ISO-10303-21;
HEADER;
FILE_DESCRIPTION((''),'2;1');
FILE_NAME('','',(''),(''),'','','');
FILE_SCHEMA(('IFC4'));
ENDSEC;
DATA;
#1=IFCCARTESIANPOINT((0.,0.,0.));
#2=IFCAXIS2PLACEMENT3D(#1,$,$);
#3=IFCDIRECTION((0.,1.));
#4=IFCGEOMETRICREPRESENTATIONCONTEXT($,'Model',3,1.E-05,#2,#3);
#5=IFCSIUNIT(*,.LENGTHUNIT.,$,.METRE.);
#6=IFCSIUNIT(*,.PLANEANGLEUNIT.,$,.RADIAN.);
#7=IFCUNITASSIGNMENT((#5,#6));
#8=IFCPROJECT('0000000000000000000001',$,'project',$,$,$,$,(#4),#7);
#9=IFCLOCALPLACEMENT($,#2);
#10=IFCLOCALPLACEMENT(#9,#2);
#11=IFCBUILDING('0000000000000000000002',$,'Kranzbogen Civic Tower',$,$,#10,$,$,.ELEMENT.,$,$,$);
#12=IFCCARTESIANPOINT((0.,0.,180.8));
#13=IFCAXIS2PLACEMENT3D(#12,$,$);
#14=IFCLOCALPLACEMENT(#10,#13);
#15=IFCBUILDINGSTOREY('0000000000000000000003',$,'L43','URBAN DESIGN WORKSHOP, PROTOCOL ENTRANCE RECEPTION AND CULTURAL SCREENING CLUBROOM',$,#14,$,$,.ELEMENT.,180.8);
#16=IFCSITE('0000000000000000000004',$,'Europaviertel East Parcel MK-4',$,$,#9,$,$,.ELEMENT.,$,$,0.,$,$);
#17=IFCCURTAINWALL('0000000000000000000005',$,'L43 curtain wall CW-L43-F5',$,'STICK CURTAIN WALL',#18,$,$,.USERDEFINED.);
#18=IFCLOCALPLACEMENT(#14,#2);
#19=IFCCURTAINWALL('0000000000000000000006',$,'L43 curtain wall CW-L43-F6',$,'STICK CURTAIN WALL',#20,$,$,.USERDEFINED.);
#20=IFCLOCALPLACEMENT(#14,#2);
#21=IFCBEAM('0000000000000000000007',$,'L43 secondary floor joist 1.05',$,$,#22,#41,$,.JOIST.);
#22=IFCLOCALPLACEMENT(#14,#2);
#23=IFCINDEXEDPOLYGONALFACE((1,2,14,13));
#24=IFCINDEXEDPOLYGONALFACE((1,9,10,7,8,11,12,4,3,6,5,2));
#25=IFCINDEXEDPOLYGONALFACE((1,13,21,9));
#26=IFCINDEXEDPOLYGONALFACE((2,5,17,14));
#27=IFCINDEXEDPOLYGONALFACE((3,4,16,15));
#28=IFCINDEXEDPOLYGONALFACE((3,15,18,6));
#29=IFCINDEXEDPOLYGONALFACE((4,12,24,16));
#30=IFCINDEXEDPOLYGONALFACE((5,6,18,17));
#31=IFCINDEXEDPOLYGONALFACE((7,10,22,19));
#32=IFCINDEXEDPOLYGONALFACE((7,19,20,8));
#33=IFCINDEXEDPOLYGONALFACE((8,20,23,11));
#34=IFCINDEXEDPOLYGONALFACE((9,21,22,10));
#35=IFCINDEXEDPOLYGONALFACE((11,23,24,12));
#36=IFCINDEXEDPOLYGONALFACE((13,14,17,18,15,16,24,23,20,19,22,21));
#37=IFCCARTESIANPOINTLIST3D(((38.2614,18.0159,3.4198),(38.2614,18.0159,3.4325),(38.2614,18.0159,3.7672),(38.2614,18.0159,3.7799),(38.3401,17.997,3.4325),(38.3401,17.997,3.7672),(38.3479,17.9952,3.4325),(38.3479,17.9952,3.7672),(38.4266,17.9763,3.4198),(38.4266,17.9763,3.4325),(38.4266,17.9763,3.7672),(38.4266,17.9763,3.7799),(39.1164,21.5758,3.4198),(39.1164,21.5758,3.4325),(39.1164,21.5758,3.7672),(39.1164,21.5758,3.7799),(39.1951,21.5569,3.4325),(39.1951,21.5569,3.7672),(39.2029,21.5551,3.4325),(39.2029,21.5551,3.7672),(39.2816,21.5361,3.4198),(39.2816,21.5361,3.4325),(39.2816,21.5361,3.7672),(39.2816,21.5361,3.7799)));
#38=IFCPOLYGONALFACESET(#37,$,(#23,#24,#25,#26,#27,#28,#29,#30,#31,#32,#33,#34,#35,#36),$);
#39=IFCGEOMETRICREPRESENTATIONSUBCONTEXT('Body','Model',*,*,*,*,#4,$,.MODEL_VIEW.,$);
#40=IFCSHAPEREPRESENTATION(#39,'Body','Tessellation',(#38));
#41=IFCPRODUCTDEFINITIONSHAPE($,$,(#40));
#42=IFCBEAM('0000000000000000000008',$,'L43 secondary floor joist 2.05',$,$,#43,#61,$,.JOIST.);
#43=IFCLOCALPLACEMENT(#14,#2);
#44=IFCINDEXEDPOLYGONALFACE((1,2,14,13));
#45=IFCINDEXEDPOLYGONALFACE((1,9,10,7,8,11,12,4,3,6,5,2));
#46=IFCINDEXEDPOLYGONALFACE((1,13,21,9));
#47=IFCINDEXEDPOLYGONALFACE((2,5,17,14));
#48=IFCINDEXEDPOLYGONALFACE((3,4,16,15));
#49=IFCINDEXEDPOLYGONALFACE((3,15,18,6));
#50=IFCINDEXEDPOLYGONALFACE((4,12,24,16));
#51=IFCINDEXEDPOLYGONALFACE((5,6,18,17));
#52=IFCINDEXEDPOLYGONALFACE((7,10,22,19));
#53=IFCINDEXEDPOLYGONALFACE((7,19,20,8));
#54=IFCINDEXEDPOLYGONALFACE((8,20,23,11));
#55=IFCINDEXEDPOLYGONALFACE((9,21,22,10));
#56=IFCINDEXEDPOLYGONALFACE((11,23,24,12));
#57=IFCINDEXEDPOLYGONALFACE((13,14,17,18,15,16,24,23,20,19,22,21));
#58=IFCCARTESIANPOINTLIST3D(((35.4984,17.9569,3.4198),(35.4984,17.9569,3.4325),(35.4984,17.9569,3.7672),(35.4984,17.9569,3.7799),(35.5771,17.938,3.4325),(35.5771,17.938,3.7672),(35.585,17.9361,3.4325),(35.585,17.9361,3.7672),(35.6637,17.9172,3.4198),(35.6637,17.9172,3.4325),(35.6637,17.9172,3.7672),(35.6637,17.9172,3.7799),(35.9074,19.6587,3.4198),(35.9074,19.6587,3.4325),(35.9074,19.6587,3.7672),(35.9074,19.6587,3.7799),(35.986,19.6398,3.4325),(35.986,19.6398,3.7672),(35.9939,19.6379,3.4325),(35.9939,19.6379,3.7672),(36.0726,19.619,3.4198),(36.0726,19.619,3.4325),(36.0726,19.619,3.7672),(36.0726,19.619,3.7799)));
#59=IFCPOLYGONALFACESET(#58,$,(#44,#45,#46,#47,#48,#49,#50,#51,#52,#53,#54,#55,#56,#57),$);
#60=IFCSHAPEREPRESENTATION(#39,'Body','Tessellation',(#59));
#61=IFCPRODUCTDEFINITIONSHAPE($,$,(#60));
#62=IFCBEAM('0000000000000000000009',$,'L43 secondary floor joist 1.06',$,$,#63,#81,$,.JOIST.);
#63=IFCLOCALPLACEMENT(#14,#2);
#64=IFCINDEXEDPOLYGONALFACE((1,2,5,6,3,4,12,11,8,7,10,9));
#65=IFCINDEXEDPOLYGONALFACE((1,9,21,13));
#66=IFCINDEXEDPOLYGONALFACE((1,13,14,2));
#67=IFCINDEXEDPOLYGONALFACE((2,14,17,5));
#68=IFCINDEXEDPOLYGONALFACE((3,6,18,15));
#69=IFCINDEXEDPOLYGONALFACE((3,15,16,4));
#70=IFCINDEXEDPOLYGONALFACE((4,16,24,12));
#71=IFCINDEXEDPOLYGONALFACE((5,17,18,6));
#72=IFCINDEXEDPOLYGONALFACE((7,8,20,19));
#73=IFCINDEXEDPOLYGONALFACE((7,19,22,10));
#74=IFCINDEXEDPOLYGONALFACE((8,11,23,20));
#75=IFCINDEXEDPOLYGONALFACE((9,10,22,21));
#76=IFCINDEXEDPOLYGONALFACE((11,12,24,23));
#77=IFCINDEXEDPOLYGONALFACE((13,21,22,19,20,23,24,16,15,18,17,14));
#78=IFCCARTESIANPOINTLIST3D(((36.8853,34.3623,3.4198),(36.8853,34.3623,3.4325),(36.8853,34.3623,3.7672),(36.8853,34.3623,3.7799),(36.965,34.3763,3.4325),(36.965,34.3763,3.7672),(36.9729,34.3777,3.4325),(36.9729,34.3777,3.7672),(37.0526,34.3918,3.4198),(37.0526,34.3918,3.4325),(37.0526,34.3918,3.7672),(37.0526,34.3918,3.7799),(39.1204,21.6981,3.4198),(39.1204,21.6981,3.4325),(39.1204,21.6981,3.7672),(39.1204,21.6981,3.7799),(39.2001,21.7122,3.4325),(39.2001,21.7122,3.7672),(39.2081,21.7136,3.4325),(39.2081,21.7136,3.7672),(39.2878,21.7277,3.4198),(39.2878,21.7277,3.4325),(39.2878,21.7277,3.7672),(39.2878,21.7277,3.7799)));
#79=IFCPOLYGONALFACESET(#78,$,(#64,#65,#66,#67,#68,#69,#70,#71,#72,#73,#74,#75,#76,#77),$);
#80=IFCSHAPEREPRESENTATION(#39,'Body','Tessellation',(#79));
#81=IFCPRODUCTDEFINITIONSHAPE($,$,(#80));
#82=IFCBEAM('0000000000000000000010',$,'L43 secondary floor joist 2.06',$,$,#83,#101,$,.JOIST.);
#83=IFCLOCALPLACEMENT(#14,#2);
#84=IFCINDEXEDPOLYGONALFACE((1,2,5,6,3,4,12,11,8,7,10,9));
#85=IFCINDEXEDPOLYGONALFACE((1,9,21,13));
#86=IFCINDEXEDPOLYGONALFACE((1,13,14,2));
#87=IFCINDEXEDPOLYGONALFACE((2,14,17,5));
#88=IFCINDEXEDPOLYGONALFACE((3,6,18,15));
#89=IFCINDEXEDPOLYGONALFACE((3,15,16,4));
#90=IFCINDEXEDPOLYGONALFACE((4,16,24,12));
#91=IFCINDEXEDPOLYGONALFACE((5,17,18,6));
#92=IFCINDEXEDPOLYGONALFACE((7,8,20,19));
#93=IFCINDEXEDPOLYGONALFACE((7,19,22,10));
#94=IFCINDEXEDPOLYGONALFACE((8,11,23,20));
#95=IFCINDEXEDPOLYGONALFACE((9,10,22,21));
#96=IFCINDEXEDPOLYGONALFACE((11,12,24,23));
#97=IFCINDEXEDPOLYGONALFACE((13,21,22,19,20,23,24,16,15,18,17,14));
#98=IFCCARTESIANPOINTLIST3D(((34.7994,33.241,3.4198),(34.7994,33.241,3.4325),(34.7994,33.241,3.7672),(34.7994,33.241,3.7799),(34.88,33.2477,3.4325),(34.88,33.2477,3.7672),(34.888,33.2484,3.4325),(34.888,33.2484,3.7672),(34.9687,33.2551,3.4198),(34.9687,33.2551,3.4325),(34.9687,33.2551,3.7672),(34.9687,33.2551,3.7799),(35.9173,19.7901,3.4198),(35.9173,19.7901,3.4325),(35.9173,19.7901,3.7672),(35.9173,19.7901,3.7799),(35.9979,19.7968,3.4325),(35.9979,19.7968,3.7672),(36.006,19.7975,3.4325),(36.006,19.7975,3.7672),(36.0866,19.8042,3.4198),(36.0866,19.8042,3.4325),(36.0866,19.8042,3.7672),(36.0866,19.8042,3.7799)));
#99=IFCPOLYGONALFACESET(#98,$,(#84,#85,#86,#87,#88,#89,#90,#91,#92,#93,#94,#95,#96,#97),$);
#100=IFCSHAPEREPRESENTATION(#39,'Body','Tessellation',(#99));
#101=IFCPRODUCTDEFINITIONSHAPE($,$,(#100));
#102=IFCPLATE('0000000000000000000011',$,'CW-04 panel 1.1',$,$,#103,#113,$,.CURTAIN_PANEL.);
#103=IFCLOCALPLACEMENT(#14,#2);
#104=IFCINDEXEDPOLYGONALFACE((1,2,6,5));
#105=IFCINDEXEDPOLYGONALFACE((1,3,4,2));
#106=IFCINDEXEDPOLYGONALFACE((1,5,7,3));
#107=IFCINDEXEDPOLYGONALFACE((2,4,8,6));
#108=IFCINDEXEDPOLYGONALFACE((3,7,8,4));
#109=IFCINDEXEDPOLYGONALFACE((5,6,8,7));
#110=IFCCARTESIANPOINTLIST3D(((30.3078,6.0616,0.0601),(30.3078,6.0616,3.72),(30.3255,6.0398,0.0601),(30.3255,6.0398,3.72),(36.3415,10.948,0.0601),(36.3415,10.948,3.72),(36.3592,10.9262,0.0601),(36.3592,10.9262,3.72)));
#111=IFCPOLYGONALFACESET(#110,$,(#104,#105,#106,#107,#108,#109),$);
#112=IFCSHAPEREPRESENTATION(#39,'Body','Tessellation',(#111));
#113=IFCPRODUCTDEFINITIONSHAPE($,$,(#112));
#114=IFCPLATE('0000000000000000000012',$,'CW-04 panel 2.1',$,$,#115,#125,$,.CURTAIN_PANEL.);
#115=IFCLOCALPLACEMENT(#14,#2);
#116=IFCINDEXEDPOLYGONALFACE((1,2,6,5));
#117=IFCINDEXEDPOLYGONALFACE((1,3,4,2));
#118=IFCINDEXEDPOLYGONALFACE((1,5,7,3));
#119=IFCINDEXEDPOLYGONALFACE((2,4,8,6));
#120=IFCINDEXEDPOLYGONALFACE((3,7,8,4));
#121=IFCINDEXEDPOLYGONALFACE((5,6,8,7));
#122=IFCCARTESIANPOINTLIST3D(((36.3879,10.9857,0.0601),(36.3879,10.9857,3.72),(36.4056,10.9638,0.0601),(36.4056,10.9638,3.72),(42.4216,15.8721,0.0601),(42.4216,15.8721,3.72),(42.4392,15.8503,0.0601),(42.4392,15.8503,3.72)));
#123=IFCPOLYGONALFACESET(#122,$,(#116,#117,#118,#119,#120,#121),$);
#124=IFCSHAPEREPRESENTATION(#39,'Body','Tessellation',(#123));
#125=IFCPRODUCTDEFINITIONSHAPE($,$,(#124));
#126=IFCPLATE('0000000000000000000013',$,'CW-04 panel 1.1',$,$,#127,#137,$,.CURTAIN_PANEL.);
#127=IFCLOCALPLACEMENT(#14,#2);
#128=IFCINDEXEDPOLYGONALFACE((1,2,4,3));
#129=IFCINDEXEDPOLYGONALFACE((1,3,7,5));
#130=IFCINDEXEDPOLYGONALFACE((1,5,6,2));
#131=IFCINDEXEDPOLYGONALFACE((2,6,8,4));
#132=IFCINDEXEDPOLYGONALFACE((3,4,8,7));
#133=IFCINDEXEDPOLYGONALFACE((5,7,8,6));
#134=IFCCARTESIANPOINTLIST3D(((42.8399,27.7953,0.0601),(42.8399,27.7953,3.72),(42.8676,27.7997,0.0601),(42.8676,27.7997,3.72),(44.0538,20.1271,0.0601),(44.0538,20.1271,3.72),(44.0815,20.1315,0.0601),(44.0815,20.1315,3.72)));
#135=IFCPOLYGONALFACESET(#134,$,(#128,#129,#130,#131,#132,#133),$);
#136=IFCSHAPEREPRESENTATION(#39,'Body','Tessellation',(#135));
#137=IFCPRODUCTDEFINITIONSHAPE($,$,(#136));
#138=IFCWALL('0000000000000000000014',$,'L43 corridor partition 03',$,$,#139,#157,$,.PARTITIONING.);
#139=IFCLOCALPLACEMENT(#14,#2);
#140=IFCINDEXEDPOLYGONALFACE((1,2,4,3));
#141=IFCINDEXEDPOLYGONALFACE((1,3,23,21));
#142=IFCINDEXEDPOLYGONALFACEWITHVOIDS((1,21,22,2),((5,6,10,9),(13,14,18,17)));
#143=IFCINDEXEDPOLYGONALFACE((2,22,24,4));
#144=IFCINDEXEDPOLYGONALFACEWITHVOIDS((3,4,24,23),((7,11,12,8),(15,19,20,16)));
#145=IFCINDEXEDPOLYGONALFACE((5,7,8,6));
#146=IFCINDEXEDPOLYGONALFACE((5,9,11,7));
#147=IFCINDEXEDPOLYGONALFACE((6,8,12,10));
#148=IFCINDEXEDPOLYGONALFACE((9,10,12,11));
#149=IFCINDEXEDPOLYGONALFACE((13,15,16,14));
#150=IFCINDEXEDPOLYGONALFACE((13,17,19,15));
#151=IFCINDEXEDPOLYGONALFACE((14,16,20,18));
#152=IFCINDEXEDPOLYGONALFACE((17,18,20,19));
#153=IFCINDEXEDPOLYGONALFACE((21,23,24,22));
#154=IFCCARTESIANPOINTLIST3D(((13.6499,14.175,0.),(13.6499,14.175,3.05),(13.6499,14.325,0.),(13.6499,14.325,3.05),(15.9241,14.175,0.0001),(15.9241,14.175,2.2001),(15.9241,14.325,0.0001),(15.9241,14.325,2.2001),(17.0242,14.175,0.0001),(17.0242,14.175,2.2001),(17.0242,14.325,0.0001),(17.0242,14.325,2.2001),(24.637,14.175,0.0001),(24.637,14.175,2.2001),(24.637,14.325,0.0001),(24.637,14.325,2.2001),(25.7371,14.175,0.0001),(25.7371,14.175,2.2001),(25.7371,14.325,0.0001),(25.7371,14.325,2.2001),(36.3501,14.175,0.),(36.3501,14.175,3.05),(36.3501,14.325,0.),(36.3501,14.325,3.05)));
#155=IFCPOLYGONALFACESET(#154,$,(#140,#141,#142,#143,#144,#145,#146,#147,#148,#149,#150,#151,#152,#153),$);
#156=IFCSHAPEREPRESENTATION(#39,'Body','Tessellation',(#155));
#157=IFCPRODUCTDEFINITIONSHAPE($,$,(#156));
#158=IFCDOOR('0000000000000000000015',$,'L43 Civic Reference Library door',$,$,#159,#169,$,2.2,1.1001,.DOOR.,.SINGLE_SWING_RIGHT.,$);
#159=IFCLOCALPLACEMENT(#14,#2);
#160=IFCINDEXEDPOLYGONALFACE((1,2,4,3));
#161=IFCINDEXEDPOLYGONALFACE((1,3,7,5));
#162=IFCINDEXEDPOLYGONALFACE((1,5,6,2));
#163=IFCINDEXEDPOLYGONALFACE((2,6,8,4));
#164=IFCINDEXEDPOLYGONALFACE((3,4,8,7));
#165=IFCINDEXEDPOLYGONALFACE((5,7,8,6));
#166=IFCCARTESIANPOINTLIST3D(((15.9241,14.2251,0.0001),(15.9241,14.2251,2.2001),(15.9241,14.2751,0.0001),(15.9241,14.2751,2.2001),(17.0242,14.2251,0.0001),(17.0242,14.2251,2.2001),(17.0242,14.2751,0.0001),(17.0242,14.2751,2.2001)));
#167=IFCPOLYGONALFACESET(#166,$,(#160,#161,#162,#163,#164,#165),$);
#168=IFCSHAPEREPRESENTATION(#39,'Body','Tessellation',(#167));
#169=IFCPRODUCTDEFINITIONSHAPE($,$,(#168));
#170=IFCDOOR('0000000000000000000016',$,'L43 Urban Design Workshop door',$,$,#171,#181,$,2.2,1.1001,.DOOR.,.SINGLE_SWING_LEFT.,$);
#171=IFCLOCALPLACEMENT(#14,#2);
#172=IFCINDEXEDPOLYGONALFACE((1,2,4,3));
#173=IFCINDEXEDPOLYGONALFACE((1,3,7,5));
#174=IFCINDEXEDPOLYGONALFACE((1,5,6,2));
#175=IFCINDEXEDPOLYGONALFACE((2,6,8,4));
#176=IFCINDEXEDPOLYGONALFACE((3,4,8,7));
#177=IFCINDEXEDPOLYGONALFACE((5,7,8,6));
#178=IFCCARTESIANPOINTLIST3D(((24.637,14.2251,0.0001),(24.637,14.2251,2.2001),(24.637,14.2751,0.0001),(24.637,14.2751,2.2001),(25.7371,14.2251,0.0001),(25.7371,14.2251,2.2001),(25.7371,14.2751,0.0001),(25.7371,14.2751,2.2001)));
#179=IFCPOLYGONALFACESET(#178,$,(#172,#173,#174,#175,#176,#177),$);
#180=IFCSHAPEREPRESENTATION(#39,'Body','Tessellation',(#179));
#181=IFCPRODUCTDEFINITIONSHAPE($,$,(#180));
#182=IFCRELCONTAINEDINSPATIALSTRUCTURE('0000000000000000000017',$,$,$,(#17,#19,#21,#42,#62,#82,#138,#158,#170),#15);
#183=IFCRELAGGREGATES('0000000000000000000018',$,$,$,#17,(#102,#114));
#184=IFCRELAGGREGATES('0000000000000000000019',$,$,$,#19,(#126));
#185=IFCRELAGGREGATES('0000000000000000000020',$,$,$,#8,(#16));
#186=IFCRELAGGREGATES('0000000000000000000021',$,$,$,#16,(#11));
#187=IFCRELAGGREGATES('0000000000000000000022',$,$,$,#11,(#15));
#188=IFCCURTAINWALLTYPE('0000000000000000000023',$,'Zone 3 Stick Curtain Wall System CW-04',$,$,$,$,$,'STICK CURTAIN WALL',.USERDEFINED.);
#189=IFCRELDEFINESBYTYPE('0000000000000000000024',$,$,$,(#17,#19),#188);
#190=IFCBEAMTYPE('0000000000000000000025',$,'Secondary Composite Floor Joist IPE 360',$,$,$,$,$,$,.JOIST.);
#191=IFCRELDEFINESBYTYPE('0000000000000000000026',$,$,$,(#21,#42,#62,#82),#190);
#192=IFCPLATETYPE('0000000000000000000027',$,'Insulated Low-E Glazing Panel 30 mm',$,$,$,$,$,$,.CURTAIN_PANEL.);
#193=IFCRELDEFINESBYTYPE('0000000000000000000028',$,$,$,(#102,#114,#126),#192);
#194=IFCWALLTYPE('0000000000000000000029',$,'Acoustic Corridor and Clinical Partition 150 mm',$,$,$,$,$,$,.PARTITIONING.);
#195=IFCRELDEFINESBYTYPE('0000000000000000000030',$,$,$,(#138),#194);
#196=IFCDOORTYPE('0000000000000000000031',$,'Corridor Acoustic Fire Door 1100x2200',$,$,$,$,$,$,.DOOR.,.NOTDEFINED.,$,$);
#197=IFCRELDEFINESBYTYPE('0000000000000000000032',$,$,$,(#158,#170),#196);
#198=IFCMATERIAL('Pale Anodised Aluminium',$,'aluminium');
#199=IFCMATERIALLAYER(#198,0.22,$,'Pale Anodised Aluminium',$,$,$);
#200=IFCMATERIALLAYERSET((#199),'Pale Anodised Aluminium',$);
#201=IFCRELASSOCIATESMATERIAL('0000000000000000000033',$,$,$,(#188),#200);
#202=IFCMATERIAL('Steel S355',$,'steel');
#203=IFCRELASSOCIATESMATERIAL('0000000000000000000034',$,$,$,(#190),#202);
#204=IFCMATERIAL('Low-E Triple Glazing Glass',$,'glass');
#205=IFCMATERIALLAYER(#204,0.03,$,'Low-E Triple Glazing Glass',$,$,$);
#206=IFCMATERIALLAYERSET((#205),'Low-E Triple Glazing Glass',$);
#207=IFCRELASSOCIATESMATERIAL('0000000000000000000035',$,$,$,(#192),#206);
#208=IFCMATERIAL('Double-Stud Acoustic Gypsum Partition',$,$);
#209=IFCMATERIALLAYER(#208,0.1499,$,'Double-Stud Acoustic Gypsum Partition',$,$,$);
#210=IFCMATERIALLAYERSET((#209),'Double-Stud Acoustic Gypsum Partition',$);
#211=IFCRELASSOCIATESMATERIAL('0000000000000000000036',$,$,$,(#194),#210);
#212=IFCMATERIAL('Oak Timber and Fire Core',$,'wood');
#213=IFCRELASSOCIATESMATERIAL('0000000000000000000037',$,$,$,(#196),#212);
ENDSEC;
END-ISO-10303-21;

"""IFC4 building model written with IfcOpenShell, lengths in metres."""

from ifc_helpers import new_model, si_unit, direction, frame, frame_2d, origin, origin_2d, place, context, subcontext, project, spatial, rectangle, i_section, extrude, material, layer, layer_set, material_profile, profile_set, type_object, element, fill, aggregate, save


model = new_model("IFC4")

# Units and contexts
model_context = context("Model", 3, precision=1e-05, world=origin(), true_north=direction((0.0, 1.0)))
body_context = subcontext(model_context, "Body", "Model", "MODEL_VIEW")
ifc_project = project(units=[si_unit("LENGTHUNIT", "METRE"), si_unit("PLANEANGLEUNIT", "RADIAN")], contexts=[model_context])

# Site, building, storey
site_placement = place(None, origin())
site = spatial("IfcSite", under=ifc_project, at=site_placement, Name="Europaviertel East Parcel MK-4", CompositionType="ELEMENT", RefElevation=0.0)
building_placement = place(site_placement, origin())
building = spatial("IfcBuilding", under=site, at=building_placement, Name="Kranzbogen Civic Tower", CompositionType="ELEMENT")
storey_placement = place(building_placement, frame((0.0, 0.0, 180.8)))
storey = spatial("IfcBuildingStorey", under=building, at=storey_placement, Name="L43", Description="URBAN DESIGN WORKSHOP, PROTOCOL ENTRANCE RECEPTION AND CULTURAL SCREENING CLUBROOM", CompositionType="ELEMENT", Elevation=180.8)

# Shared definitions
ifc_material_1 = material(Name="Steel S355", Category="steel")

# Curtain wall
ifc_material_2 = material(Name="Pale Anodised Aluminium", Category="aluminium")
ifc_layer_1 = layer(ifc_material_2, 0.22, Name="Pale Anodised Aluminium")
ifc_layer_set_1 = layer_set([ifc_layer_1], Name="Pale Anodised Aluminium")
curtain_wall_type = type_object("IfcCurtainWallType", Name="Zone 3 Stick Curtain Wall System CW-04", ElementType="STICK CURTAIN WALL", PredefinedType="USERDEFINED", material=ifc_layer_set_1)
curtain_wall_1_placement = place(storey_placement, origin())
curtain_wall_1 = element("IfcCurtainWall", 1, at=curtain_wall_1_placement, inside=storey, type_object=curtain_wall_type, Name="L43 curtain wall CW-L43-F5", ObjectType="STICK CURTAIN WALL", PredefinedType="USERDEFINED")

# Curtain wall
curtain_wall_2_placement = place(storey_placement, origin())
curtain_wall_2 = element("IfcCurtainWall", 2, at=curtain_wall_2_placement, inside=storey, type_object=curtain_wall_type, Name="L43 curtain wall CW-L43-F6", ObjectType="STICK CURTAIN WALL", PredefinedType="USERDEFINED")

# Beams
ifc_material_profile_1 = material_profile(ifc_material_1, i_section(OverallWidth=0.1699, OverallDepth=0.3601, WebThickness=0.0081, FlangeThickness=0.0127, at=origin_2d()), Name="IPE 360")
ifc_profile_set_1 = profile_set([ifc_material_profile_1], Name="Steel S355")
beam_type_1 = type_object("IfcBeamType", Name="Secondary Composite Floor Joist IPE 360", PredefinedType="JOIST", material=ifc_profile_set_1)
beam_1_placement = place(storey_placement, frame((38.344, 17.9961, 3.5999), z_axis=(0.233534, 0.972349, 0.0), x_axis=(-0.972349, 0.233534, 0.0)))
element("IfcBeam", 3, at=beam_1_placement, inside=storey, type_object=beam_type_1, Name="L43 secondary floor joist 1.05", PredefinedType="JOIST", context=body_context, shape_type="SweptSolid", body=[
    extrude(i_section(OverallWidth=0.1699, OverallDepth=0.3601, WebThickness=0.0081, FlangeThickness=0.0127, at=origin_2d()), origin(), (0.0, 0.0, 1.0), 3.6611),
])
beam_2_placement = place(storey_placement, frame((35.5811, 17.937, 3.5999), z_axis=(0.233631, 0.972325, 0.0), x_axis=(-0.972325, 0.233631, 0.0)))
element("IfcBeam", 4, at=beam_2_placement, inside=storey, type_object=beam_type_1, Name="L43 secondary floor joist 2.05", PredefinedType="JOIST", context=body_context, shape_type="SweptSolid", body=[
    extrude(i_section(OverallWidth=0.1699, OverallDepth=0.3601, WebThickness=0.0081, FlangeThickness=0.0127, at=origin_2d()), origin(), (0.0, 0.0, 1.0), 1.7502),
])
beam_3_placement = place(storey_placement, frame((39.2041, 21.7129, 3.5999), z_axis=(-0.173806, 0.98478, 0.0), x_axis=(-0.98478, -0.173806, 0.0)))
element("IfcBeam", 5, at=beam_3_placement, inside=storey, type_object=beam_type_1, Name="L43 secondary floor joist 1.06", PredefinedType="JOIST", context=body_context, shape_type="SweptSolid", body=[
    extrude(i_section(OverallWidth=0.1699, OverallDepth=0.3601, WebThickness=0.0081, FlangeThickness=0.0127, at=origin_2d()), origin(), (0.0, 0.0, 1.0), 12.8599),
])
beam_4_placement = place(storey_placement, frame((36.002, 19.7971, 3.5999), z_axis=(-0.082825, 0.996564, 0.0), x_axis=(-0.996564, -0.082825, 0.0)))
element("IfcBeam", 6, at=beam_4_placement, inside=storey, type_object=beam_type_1, Name="L43 secondary floor joist 2.06", PredefinedType="JOIST", context=body_context, shape_type="SweptSolid", body=[
    extrude(i_section(OverallWidth=0.1699, OverallDepth=0.3601, WebThickness=0.0081, FlangeThickness=0.0127, at=origin_2d()), origin(), (0.0, 0.0, 1.0), 13.4973),
])

# Plates
ifc_material_3 = material(Name="Low-E Triple Glazing Glass", Category="glass")
ifc_layer_2 = layer(ifc_material_3, 0.03, Name="Low-E Triple Glazing Glass")
ifc_layer_set_2 = layer_set([ifc_layer_2], Name="Low-E Triple Glazing Glass")
plate_type = type_object("IfcPlateType", Name="Insulated Low-E Glazing Panel 30 mm", PredefinedType="CURTAIN_PANEL", material=ifc_layer_set_2)
plate_1_placement = place(storey_placement, frame((33.3335, 8.4939, 0.0601), z_axis=(0.0, 0.0, 1.0), x_axis=(0.777116, 0.629358, 0.0)))
plate_1 = element("IfcPlate", 7, at=plate_1_placement, type_object=plate_type, Name="CW-04 panel 1.1", PredefinedType="CURTAIN_PANEL", context=body_context, shape_type="SweptSolid", body=[
    extrude(rectangle(XDim=7.7642, YDim=0.0281, at=origin_2d()), origin(), (0.0, 0.0, 1.0), 3.6599),
])
plate_2_placement = place(storey_placement, frame((39.4136, 13.418, 0.0601), z_axis=(0.0, 0.0, 1.0), x_axis=(0.777116, 0.629358, 0.0)))
plate_2 = element("IfcPlate", 8, at=plate_2_placement, type_object=plate_type, Name="CW-04 panel 2.1", PredefinedType="CURTAIN_PANEL", context=body_context, shape_type="SweptSolid", body=[
    extrude(rectangle(XDim=7.7642, YDim=0.0281, at=origin_2d()), origin(), (0.0, 0.0, 1.0), 3.6599),
])
aggregate(curtain_wall_1, [plate_1, plate_2])
plate_3_placement = place(storey_placement, frame((43.4607, 23.9634, 0.0601), z_axis=(0.0, 0.0, 1.0), x_axis=(-0.156361, 0.9877, 0.0)))
plate_3 = element("IfcPlate", 9, at=plate_3_placement, type_object=plate_type, Name="CW-04 panel 1.1", PredefinedType="CURTAIN_PANEL", context=body_context, shape_type="SweptSolid", body=[
    extrude(rectangle(XDim=7.7637, YDim=0.0281, at=origin_2d()), origin(), (0.0, 0.0, 1.0), 3.6599),
])
aggregate(curtain_wall_2, [plate_3])

# Wall, openings, doors
ifc_material_4 = material(Name="Double-Stud Acoustic Gypsum Partition")
ifc_layer_3 = layer(ifc_material_4, 0.1499, Name="Double-Stud Acoustic Gypsum Partition")
ifc_layer_set_3 = layer_set([ifc_layer_3], Name="Double-Stud Acoustic Gypsum Partition")
wall_type_1 = type_object("IfcWallType", Name="Acoustic Corridor and Clinical Partition 150 mm", PredefinedType="PARTITIONING", material=ifc_layer_set_3)
wall_1_placement = place(storey_placement, frame((36.3501, 14.25, 0.0), z_axis=(0.0, 0.0, 1.0), x_axis=(-1.0, 0.0, 0.0)))
wall_1 = element("IfcWall", 10, at=wall_1_placement, inside=storey, type_object=wall_type_1, Name="L43 corridor partition 03", PredefinedType="PARTITIONING", context=body_context, shape_type="SweptSolid", body=[
    extrude(rectangle(XDim=22.7002, YDim=0.1499, at=frame_2d((11.3501, 0.0))), origin(), (0.0, 0.0, 1.0), 3.05),
])
opening_1_placement = place(wall_1_placement, frame((19.3259, 0.0, 0.0)))
opening_1 = element("IfcOpeningElement", 11, at=opening_1_placement, cuts=wall_1, PredefinedType="OPENING", context=body_context, shape_type="SweptSolid", body=[
    extrude(rectangle(XDim=1.1001, YDim=2.2, at=frame_2d((0.55, 1.1001))), frame((0.0, 0.085, 0.0), z_axis=(0.0, -1.0, 0.0), x_axis=(1.0, 0.0, 0.0)), (0.0, 0.0, 1.0), 0.1699),
])
opening_2_placement = place(wall_1_placement, frame((10.613, 0.0, 0.0)))
opening_2 = element("IfcOpeningElement", 12, at=opening_2_placement, cuts=wall_1, PredefinedType="OPENING", context=body_context, shape_type="SweptSolid", body=[
    extrude(rectangle(XDim=1.1001, YDim=2.2, at=frame_2d((0.55, 1.1001))), frame((0.0, 0.085, 0.0), z_axis=(0.0, -1.0, 0.0), x_axis=(1.0, 0.0, 0.0)), (0.0, 0.0, 1.0), 0.1699),
])
ifc_material_5 = material(Name="Oak Timber and Fire Core", Category="wood")
door_type = type_object("IfcDoorType", Name="Corridor Acoustic Fire Door 1100x2200", OperationType="NOTDEFINED", PredefinedType="DOOR", material=ifc_material_5)
door_1_placement = place(opening_1_placement, origin())
door_1 = element("IfcDoor", 13, at=door_1_placement, inside=storey, type_object=door_type, Name="L43 Civic Reference Library door", OperationType="SINGLE_SWING_RIGHT", OverallHeight=2.2, OverallWidth=1.1001, PredefinedType="DOOR", context=body_context, shape_type="SweptSolid", body=[
    extrude(rectangle(XDim=1.1001, YDim=2.2, at=frame_2d((0.55, 1.1001))), frame((0.0, 0.0249, 0.0), z_axis=(0.0, -1.0, 0.0), x_axis=(1.0, 0.0, 0.0)), (0.0, 0.0, 1.0), 0.05),
])
fill(opening_1, door_1)
door_2_placement = place(opening_2_placement, origin())
door_2 = element("IfcDoor", 14, at=door_2_placement, inside=storey, type_object=door_type, Name="L43 Urban Design Workshop door", OperationType="SINGLE_SWING_LEFT", OverallHeight=2.2, OverallWidth=1.1001, PredefinedType="DOOR", context=body_context, shape_type="SweptSolid", body=[
    extrude(rectangle(XDim=1.1001, YDim=2.2, at=frame_2d((0.55, 1.1001))), frame((0.0, 0.0249, 0.0), z_axis=(0.0, -1.0, 0.0), x_axis=(1.0, 0.0, 0.0)), (0.0, 0.0, 1.0), 0.05),
])
fill(opening_2, door_2)

save(model, "model.ifc")
